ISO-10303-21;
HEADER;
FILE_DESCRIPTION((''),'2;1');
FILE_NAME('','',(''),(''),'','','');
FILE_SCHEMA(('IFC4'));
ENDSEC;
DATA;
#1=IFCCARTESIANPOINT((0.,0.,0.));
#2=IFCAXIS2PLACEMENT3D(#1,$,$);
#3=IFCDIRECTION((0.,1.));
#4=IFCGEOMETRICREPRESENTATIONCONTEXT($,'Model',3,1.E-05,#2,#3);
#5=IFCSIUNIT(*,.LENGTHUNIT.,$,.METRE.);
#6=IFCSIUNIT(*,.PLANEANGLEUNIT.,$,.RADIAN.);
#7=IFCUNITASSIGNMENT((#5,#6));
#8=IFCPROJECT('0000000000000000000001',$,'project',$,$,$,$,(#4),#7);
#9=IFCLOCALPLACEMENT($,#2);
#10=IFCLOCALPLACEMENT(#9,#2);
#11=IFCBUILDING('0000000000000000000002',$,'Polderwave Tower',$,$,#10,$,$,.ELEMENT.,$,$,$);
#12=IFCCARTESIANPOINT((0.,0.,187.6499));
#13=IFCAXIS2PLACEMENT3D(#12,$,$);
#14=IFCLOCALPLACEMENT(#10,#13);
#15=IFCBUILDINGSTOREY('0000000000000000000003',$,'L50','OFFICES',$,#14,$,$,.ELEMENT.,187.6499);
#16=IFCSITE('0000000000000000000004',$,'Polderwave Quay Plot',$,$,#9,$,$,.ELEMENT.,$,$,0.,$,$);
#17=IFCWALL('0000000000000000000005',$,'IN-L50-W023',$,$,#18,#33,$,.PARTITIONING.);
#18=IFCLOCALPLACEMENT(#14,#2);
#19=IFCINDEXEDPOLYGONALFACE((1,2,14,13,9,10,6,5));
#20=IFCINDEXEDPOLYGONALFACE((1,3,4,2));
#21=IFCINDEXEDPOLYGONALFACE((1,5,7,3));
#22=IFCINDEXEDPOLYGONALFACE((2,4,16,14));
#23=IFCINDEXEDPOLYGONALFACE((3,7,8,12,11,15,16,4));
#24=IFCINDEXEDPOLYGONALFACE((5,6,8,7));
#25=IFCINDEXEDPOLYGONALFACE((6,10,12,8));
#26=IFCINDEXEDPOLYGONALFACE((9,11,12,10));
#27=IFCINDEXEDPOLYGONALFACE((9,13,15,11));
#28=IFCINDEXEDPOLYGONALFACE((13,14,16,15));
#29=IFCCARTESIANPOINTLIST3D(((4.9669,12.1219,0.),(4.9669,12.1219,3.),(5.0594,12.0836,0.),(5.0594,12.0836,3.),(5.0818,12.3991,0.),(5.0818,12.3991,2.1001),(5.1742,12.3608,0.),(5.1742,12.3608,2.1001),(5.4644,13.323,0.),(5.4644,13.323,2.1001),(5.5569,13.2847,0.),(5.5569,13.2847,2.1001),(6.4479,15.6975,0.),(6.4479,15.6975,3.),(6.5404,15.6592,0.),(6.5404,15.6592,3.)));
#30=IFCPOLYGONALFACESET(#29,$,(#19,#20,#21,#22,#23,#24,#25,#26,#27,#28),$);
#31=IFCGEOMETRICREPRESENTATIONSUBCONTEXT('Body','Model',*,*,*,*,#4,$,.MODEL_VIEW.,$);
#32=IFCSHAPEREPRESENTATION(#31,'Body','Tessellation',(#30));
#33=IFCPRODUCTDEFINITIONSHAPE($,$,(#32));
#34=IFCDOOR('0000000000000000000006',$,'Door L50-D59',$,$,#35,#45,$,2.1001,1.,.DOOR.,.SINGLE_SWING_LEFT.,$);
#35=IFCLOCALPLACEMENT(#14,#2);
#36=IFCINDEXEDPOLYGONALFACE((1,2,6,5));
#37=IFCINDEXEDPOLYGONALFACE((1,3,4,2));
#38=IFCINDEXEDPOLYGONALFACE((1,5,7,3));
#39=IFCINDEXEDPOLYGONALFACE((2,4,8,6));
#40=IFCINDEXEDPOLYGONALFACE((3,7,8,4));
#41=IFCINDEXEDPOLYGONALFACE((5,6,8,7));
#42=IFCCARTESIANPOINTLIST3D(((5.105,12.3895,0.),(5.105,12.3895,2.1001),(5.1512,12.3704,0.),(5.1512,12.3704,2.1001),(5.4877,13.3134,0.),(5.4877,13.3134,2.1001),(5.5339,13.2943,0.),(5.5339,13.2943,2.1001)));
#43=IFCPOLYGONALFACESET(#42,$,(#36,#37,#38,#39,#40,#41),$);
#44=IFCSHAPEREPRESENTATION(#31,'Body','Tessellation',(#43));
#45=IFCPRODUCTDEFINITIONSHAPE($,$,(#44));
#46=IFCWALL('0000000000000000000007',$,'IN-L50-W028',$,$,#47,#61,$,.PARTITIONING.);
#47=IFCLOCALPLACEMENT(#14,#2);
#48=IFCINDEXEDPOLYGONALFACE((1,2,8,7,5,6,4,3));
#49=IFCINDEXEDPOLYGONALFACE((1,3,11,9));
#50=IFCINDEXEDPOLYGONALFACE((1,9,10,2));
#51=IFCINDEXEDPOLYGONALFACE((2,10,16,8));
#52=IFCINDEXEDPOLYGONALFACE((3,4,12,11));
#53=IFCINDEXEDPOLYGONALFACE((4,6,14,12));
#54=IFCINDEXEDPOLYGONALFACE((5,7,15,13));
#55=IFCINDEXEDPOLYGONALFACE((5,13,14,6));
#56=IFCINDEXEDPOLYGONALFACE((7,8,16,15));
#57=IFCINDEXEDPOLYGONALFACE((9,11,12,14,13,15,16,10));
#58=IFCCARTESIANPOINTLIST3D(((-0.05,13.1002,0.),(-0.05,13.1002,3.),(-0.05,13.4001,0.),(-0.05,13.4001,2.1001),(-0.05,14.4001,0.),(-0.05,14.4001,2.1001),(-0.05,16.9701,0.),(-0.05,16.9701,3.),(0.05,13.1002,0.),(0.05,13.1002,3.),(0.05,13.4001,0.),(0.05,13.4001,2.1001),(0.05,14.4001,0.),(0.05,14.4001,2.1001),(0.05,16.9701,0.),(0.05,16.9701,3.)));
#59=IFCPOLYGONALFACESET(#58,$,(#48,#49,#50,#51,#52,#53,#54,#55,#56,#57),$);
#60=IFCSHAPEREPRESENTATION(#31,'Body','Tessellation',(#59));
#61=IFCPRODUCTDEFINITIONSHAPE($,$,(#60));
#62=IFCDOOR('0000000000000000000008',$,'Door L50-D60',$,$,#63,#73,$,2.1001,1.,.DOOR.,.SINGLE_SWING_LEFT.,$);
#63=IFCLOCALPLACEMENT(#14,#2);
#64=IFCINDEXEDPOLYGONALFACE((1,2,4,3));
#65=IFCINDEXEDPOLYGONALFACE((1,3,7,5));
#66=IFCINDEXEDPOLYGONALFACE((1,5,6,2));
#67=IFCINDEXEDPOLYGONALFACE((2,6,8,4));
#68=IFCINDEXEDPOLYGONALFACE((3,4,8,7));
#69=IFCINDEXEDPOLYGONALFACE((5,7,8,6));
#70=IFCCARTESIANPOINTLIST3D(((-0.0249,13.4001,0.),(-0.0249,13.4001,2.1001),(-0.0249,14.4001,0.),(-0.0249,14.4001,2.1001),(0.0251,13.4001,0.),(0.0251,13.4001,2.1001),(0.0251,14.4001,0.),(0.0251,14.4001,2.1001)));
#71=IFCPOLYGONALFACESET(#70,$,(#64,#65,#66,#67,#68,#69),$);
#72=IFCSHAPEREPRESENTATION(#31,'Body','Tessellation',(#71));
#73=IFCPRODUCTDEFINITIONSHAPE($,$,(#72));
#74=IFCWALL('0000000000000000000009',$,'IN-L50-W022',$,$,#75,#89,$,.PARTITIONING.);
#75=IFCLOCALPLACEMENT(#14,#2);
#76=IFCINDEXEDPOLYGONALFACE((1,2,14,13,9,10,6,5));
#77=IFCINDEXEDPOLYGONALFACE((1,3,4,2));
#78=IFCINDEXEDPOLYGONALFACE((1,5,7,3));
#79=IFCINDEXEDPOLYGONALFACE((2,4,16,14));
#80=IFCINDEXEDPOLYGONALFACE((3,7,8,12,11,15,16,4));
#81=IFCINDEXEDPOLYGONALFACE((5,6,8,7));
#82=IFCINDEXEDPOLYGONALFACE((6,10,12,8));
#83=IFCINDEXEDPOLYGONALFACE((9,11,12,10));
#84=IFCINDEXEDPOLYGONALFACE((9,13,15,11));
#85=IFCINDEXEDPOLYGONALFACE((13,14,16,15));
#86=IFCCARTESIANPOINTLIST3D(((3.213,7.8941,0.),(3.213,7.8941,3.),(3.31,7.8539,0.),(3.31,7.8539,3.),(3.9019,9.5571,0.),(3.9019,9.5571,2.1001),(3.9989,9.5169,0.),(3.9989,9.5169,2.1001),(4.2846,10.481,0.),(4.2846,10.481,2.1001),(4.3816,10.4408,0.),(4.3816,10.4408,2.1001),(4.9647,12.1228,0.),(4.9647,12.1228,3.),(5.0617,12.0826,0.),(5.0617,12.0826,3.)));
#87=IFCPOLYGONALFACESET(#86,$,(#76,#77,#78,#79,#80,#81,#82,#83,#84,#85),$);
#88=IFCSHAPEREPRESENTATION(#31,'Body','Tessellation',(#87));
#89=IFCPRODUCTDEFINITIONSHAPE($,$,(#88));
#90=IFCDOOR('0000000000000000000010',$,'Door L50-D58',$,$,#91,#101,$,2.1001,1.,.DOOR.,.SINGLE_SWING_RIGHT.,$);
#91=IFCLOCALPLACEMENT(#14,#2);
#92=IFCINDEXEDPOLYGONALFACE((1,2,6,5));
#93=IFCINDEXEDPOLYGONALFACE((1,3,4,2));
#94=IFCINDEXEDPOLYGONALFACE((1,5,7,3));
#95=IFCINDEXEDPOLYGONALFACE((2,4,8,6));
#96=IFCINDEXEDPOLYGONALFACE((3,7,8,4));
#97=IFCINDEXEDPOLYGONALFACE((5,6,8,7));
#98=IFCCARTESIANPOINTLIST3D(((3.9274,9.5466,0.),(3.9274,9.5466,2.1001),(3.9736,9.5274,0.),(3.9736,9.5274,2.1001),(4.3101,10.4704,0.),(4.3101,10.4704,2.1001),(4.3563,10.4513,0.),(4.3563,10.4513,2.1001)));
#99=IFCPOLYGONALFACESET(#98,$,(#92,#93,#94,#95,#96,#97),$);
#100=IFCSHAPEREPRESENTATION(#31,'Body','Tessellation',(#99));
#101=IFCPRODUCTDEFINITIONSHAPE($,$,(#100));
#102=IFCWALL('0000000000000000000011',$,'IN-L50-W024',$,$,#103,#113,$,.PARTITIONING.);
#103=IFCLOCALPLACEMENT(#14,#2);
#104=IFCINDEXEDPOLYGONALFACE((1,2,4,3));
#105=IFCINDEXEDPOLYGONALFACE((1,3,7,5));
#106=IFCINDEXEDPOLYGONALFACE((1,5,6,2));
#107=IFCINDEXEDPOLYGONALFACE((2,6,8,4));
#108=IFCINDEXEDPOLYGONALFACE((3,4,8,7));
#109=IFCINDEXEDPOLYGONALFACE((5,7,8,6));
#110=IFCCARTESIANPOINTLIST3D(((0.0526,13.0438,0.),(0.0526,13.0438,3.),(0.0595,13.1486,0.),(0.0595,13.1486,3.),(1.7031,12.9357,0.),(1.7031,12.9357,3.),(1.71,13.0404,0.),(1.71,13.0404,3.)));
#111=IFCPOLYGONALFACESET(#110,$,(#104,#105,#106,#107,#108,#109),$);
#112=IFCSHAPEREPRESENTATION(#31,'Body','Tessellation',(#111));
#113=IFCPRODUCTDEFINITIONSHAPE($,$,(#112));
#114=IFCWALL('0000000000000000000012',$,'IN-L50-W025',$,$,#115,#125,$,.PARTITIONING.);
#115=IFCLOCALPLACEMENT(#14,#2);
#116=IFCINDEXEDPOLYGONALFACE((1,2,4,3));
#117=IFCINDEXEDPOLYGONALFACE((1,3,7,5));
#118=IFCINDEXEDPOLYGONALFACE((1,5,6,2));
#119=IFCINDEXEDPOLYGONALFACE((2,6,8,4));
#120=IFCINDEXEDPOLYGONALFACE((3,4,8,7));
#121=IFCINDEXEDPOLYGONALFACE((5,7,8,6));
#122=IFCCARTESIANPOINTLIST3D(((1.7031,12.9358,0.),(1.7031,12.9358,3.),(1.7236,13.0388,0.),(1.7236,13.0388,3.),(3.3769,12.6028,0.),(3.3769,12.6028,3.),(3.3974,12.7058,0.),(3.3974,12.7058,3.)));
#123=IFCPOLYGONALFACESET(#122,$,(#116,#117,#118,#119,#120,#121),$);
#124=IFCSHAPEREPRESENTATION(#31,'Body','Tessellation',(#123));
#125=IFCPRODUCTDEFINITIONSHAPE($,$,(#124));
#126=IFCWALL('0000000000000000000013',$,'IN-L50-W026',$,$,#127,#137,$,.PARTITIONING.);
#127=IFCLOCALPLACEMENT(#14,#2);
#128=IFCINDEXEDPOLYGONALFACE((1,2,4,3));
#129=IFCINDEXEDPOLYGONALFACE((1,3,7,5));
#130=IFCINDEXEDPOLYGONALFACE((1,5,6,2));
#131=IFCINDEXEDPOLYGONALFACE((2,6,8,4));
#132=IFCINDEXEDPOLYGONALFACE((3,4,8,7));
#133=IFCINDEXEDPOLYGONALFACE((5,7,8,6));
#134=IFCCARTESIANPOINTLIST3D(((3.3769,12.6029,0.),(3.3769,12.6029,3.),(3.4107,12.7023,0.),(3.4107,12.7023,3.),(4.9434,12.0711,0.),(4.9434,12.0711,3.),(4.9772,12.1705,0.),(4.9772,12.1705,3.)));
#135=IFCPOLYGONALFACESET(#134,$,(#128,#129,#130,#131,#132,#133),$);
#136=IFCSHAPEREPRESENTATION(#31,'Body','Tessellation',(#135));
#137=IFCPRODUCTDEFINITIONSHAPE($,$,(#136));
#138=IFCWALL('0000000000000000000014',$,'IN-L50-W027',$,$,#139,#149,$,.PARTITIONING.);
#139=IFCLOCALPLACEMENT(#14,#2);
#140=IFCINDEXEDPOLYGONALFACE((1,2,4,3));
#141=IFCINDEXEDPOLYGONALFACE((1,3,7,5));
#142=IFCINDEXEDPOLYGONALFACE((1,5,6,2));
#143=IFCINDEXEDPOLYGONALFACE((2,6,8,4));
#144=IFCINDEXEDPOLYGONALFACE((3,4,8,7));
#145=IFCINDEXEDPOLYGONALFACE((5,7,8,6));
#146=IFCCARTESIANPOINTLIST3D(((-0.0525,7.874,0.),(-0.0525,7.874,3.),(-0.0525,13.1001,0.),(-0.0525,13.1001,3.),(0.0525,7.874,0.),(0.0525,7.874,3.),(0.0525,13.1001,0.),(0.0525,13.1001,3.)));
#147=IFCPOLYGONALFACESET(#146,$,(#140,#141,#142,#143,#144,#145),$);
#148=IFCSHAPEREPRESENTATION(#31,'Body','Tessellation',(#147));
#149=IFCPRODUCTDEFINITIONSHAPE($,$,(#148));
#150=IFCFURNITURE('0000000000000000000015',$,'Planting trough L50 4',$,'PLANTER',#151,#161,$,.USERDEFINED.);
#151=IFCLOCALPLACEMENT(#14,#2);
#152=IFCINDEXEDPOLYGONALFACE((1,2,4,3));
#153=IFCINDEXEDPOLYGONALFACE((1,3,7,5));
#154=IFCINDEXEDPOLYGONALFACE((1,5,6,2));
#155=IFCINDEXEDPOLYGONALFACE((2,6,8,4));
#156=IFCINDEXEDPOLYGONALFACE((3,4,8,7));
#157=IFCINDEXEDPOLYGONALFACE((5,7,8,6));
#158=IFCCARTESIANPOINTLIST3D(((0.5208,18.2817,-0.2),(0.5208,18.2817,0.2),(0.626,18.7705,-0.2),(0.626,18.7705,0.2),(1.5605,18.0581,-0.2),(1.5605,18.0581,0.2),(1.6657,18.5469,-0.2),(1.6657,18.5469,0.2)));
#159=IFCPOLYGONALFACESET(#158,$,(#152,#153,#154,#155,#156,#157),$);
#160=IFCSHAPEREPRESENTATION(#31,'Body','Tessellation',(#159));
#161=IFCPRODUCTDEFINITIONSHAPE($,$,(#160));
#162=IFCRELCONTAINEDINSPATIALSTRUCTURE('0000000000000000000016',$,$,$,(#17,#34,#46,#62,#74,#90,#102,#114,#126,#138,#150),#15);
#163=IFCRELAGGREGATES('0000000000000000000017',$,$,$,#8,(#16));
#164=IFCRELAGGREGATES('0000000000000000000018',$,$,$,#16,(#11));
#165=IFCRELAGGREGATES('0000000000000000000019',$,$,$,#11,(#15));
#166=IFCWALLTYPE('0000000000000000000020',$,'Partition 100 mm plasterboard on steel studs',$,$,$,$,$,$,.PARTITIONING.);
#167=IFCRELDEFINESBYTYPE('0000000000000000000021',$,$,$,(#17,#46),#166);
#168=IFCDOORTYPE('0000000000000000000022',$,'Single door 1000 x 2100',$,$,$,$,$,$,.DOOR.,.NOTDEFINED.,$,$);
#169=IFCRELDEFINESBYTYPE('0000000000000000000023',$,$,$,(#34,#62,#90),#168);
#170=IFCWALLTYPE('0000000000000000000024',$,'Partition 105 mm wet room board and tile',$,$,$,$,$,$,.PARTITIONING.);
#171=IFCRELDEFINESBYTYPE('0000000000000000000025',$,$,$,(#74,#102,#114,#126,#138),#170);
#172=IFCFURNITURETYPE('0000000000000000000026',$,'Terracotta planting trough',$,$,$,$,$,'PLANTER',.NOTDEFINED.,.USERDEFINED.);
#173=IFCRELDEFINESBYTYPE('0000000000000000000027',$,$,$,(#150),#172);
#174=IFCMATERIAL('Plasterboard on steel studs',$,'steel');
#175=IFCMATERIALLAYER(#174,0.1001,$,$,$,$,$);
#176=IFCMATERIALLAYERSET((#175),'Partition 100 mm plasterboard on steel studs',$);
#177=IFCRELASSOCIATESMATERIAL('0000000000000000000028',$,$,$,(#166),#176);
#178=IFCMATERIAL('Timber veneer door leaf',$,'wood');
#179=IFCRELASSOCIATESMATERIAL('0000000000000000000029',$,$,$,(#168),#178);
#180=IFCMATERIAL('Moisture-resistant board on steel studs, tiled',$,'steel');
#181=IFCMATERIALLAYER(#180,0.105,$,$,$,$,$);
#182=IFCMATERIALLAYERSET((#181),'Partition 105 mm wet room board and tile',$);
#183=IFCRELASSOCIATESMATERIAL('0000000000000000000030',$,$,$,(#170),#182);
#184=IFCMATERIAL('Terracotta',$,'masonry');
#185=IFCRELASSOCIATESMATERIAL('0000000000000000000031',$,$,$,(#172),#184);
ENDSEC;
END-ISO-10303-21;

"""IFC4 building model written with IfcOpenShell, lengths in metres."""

from ifc_helpers import new_model, si_unit, direction, frame, frame_2d, origin, origin_2d, place, context, subcontext, project, spatial, rectangle, extrude, material, layer, layer_set, type_object, element, fill, save


model = new_model("IFC4")

# Units and contexts
model_context = context("Model", 3, precision=1e-05, world=origin(), true_north=direction((0.0, 1.0)))
body_context = subcontext(model_context, "Body", "Model", "MODEL_VIEW")
ifc_project = project(units=[si_unit("LENGTHUNIT", "METRE"), si_unit("PLANEANGLEUNIT", "RADIAN")], contexts=[model_context])

# Site, building, storey
site_placement = place(None, origin())
site = spatial("IfcSite", under=ifc_project, at=site_placement, Name="Polderwave Quay Plot", CompositionType="ELEMENT", RefElevation=0.0)
building_placement = place(site_placement, origin())
building = spatial("IfcBuilding", under=site, at=building_placement, Name="Polderwave Tower", CompositionType="ELEMENT")
storey_placement = place(building_placement, frame((0.0, 0.0, 187.6499)))
storey = spatial("IfcBuildingStorey", under=building, at=storey_placement, Name="L50", Description="OFFICES", CompositionType="ELEMENT", Elevation=187.6499)

# Walls, openings, doors
ifc_material_1 = material(Name="Plasterboard on steel studs", Category="steel")
ifc_layer_1 = layer(ifc_material_1, 0.1001)
ifc_layer_set_1 = layer_set([ifc_layer_1], Name="Partition 100 mm plasterboard on steel studs")
wall_type_1 = type_object("IfcWallType", Name="Partition 100 mm plasterboard on steel studs", PredefinedType="PARTITIONING", material=ifc_layer_set_1)
wall_1_placement = place(storey_placement, frame((5.0132, 12.1028, 0.0), z_axis=(0.0, 0.0, 1.0), x_axis=(0.382675, 0.923883, 0.0)))
wall_1 = element("IfcWall", 1, at=wall_1_placement, inside=storey, type_object=wall_type_1, Name="IN-L50-W023", PredefinedType="PARTITIONING", context=body_context, shape_type="SweptSolid", body=[
    extrude(rectangle(XDim=3.8701, YDim=0.1001, at=frame_2d((1.9351, 0.0))), origin(), (0.0, 0.0, 1.0), 3.0),
])
opening_1_placement = place(wall_1_placement, frame((0.3, 0.0, 0.0)))
opening_1 = element("IfcOpeningElement", 2, at=opening_1_placement, cuts=wall_1, PredefinedType="OPENING", context=body_context, shape_type="SweptSolid", body=[
    extrude(rectangle(XDim=1.0, YDim=2.1001, at=frame_2d((0.5, 1.05))), frame((0.0, 0.0601, 0.0), z_axis=(0.0, -1.0, 0.0), x_axis=(1.0, 0.0, 0.0)), (0.0, 0.0, 1.0), 0.1201),
])
ifc_material_2 = material(Name="Timber veneer door leaf", Category="wood")
door_type = type_object("IfcDoorType", Name="Single door 1000 x 2100", OperationType="NOTDEFINED", PredefinedType="DOOR", material=ifc_material_2)
door_1_placement = place(opening_1_placement, origin())
door_1 = element("IfcDoor", 3, at=door_1_placement, inside=storey, type_object=door_type, Name="Door L50-D59", OperationType="SINGLE_SWING_LEFT", OverallHeight=2.1001, OverallWidth=1.0, PredefinedType="DOOR", context=body_context, shape_type="SweptSolid", body=[
    extrude(rectangle(XDim=1.0, YDim=2.1001, at=frame_2d((0.5, 1.05))), frame((0.0, 0.0249, 0.0), z_axis=(0.0, -1.0, 0.0), x_axis=(1.0, 0.0, 0.0)), (0.0, 0.0, 1.0), 0.05),
])
fill(opening_1, door_1)
wall_2_placement = place(storey_placement, frame((0.0, 13.1001, 0.0), z_axis=(0.0, 0.0, 1.0), x_axis=(0.0, 1.0, 0.0)))
wall_2 = element("IfcWall", 4, at=wall_2_placement, inside=storey, type_object=wall_type_1, Name="IN-L50-W028", PredefinedType="PARTITIONING", context=body_context, shape_type="SweptSolid", body=[
    extrude(rectangle(XDim=3.8699, YDim=0.1001, at=frame_2d((1.9351, 0.0))), origin(), (0.0, 0.0, 1.0), 3.0),
])
opening_2_placement = place(wall_2_placement, frame((0.3, 0.0, 0.0)))
opening_2 = element("IfcOpeningElement", 5, at=opening_2_placement, cuts=wall_2, PredefinedType="OPENING", context=body_context, shape_type="SweptSolid", body=[
    extrude(rectangle(XDim=1.0, YDim=2.1001, at=frame_2d((0.5, 1.05))), frame((0.0, 0.0601, 0.0), z_axis=(0.0, -1.0, 0.0), x_axis=(1.0, 0.0, 0.0)), (0.0, 0.0, 1.0), 0.1201),
])
door_2_placement = place(opening_2_placement, origin())
door_2 = element("IfcDoor", 6, at=door_2_placement, inside=storey, type_object=door_type, Name="Door L50-D60", OperationType="SINGLE_SWING_LEFT", OverallHeight=2.1001, OverallWidth=1.0, PredefinedType="DOOR", context=body_context, shape_type="SweptSolid", body=[
    extrude(rectangle(XDim=1.0, YDim=2.1001, at=frame_2d((0.5, 1.05))), frame((0.0, 0.0249, 0.0), z_axis=(0.0, -1.0, 0.0), x_axis=(1.0, 0.0, 0.0)), (0.0, 0.0, 1.0), 0.05),
])
fill(opening_2, door_2)
ifc_material_3 = material(Name="Moisture-resistant board on steel studs, tiled", Category="steel")
ifc_layer_2 = layer(ifc_material_3, 0.105)
ifc_layer_set_2 = layer_set([ifc_layer_2], Name="Partition 105 mm wet room board and tile")
wall_type_2 = type_object("IfcWallType", Name="Partition 105 mm wet room board and tile", PredefinedType="PARTITIONING", material=ifc_layer_set_2)
wall_3_placement = place(storey_placement, frame((3.2615, 7.874, 0.0), z_axis=(0.0, 0.0, 1.0), x_axis=(0.382702, 0.923872, 0.0)))
wall_3 = element("IfcWall", 7, at=wall_3_placement, inside=storey, type_object=wall_type_2, Name="IN-L50-W022", PredefinedType="PARTITIONING", context=body_context, shape_type="SweptSolid", body=[
    extrude(rectangle(XDim=4.5771, YDim=0.105, at=frame_2d((2.2886, 0.0))), origin(), (0.0, 0.0, 1.0), 3.0),
])
opening_3_placement = place(wall_3_placement, frame((1.8, 0.0, 0.0)))
opening_3 = element("IfcOpeningElement", 8, at=opening_3_placement, cuts=wall_3, PredefinedType="OPENING", context=body_context, shape_type="SweptSolid", body=[
    extrude(rectangle(XDim=1.0, YDim=2.1001, at=frame_2d((0.5, 1.05))), frame((0.0, 0.0625, 0.0), z_axis=(0.0, -1.0, 0.0), x_axis=(1.0, 0.0, 0.0)), (0.0, 0.0, 1.0), 0.125),
])
door_3_placement = place(opening_3_placement, origin())
door_3 = element("IfcDoor", 9, at=door_3_placement, inside=storey, type_object=door_type, Name="Door L50-D58", OperationType="SINGLE_SWING_RIGHT", OverallHeight=2.1001, OverallWidth=1.0, PredefinedType="DOOR", context=body_context, shape_type="SweptSolid", body=[
    extrude(rectangle(XDim=1.0, YDim=2.1001, at=frame_2d((0.5, 1.05))), frame((0.0, 0.0249, 0.0), z_axis=(0.0, -1.0, 0.0), x_axis=(1.0, 0.0, 0.0)), (0.0, 0.0, 1.0), 0.05),
])
fill(opening_3, door_3)

# Walls
wall_4_placement = place(storey_placement, frame((0.0559, 13.0962, 0.0), z_axis=(0.0, 0.0, 1.0), x_axis=(0.99786, -0.065383, 0.0)))
element("IfcWall", 10, at=wall_4_placement, inside=storey, type_object=wall_type_2, Name="IN-L50-W024", PredefinedType="PARTITIONING", context=body_context, shape_type="SweptSolid", body=[
    extrude(rectangle(XDim=1.6541, YDim=0.105, at=frame_2d((0.8271, 0.0))), origin(), (0.0, 0.0, 1.0), 3.0),
])
wall_5_placement = place(storey_placement, frame((1.7134, 12.9873, 0.0), z_axis=(0.0, 0.0, 1.0), x_axis=(0.980778, -0.195126, 0.0)))
element("IfcWall", 11, at=wall_5_placement, inside=storey, type_object=wall_type_2, Name="IN-L50-W025", PredefinedType="PARTITIONING", context=body_context, shape_type="SweptSolid", body=[
    extrude(rectangle(XDim=1.7065, YDim=0.105, at=frame_2d((0.8533, 0.0))), origin(), (0.0, 0.0, 1.0), 3.0),
])
wall_6_placement = place(storey_placement, frame((3.3938, 12.6526, 0.0), z_axis=(0.0, 0.0, 1.0), x_axis=(0.946927, -0.321448, 0.0)))
element("IfcWall", 12, at=wall_6_placement, inside=storey, type_object=wall_type_2, Name="IN-L50-W026", PredefinedType="PARTITIONING", context=body_context, shape_type="SweptSolid", body=[
    extrude(rectangle(XDim=1.6543, YDim=0.105, at=frame_2d((0.8271, 0.0))), origin(), (0.0, 0.0, 1.0), 3.0),
])
wall_7_placement = place(storey_placement, frame((0.0, 7.874, 0.0), z_axis=(0.0, 0.0, 1.0), x_axis=(0.0, 1.0, 0.0)))
element("IfcWall", 13, at=wall_7_placement, inside=storey, type_object=wall_type_2, Name="IN-L50-W027", PredefinedType="PARTITIONING", context=body_context, shape_type="SweptSolid", body=[
    extrude(rectangle(XDim=5.2261, YDim=0.105, at=frame_2d((2.613, 0.0))), origin(), (0.0, 0.0, 1.0), 3.0),
])

# Furniture
ifc_material_4 = material(Name="Terracotta", Category="masonry")
furniture_type = type_object("IfcFurnitureType", Name="Terracotta planting trough", ElementType="PLANTER", AssemblyPlace="NOTDEFINED", PredefinedType="USERDEFINED", material=ifc_material_4)
furniture_placement = place(storey_placement, frame((1.0933, 18.4143, -0.2), z_axis=(0.0, 0.0, 1.0), x_axis=(-0.977645, 0.21026, 0.0)))
element("IfcFurniture", 14, at=furniture_placement, inside=storey, type_object=furniture_type, Name="Planting trough L50 4", ObjectType="PLANTER", PredefinedType="USERDEFINED", context=body_context, shape_type="SweptSolid", body=[
    extrude(rectangle(XDim=1.0635, YDim=0.5, at=origin_2d()), origin(), (0.0, 0.0, 1.0), 0.3999),
])

save(model, "model.ifc")
